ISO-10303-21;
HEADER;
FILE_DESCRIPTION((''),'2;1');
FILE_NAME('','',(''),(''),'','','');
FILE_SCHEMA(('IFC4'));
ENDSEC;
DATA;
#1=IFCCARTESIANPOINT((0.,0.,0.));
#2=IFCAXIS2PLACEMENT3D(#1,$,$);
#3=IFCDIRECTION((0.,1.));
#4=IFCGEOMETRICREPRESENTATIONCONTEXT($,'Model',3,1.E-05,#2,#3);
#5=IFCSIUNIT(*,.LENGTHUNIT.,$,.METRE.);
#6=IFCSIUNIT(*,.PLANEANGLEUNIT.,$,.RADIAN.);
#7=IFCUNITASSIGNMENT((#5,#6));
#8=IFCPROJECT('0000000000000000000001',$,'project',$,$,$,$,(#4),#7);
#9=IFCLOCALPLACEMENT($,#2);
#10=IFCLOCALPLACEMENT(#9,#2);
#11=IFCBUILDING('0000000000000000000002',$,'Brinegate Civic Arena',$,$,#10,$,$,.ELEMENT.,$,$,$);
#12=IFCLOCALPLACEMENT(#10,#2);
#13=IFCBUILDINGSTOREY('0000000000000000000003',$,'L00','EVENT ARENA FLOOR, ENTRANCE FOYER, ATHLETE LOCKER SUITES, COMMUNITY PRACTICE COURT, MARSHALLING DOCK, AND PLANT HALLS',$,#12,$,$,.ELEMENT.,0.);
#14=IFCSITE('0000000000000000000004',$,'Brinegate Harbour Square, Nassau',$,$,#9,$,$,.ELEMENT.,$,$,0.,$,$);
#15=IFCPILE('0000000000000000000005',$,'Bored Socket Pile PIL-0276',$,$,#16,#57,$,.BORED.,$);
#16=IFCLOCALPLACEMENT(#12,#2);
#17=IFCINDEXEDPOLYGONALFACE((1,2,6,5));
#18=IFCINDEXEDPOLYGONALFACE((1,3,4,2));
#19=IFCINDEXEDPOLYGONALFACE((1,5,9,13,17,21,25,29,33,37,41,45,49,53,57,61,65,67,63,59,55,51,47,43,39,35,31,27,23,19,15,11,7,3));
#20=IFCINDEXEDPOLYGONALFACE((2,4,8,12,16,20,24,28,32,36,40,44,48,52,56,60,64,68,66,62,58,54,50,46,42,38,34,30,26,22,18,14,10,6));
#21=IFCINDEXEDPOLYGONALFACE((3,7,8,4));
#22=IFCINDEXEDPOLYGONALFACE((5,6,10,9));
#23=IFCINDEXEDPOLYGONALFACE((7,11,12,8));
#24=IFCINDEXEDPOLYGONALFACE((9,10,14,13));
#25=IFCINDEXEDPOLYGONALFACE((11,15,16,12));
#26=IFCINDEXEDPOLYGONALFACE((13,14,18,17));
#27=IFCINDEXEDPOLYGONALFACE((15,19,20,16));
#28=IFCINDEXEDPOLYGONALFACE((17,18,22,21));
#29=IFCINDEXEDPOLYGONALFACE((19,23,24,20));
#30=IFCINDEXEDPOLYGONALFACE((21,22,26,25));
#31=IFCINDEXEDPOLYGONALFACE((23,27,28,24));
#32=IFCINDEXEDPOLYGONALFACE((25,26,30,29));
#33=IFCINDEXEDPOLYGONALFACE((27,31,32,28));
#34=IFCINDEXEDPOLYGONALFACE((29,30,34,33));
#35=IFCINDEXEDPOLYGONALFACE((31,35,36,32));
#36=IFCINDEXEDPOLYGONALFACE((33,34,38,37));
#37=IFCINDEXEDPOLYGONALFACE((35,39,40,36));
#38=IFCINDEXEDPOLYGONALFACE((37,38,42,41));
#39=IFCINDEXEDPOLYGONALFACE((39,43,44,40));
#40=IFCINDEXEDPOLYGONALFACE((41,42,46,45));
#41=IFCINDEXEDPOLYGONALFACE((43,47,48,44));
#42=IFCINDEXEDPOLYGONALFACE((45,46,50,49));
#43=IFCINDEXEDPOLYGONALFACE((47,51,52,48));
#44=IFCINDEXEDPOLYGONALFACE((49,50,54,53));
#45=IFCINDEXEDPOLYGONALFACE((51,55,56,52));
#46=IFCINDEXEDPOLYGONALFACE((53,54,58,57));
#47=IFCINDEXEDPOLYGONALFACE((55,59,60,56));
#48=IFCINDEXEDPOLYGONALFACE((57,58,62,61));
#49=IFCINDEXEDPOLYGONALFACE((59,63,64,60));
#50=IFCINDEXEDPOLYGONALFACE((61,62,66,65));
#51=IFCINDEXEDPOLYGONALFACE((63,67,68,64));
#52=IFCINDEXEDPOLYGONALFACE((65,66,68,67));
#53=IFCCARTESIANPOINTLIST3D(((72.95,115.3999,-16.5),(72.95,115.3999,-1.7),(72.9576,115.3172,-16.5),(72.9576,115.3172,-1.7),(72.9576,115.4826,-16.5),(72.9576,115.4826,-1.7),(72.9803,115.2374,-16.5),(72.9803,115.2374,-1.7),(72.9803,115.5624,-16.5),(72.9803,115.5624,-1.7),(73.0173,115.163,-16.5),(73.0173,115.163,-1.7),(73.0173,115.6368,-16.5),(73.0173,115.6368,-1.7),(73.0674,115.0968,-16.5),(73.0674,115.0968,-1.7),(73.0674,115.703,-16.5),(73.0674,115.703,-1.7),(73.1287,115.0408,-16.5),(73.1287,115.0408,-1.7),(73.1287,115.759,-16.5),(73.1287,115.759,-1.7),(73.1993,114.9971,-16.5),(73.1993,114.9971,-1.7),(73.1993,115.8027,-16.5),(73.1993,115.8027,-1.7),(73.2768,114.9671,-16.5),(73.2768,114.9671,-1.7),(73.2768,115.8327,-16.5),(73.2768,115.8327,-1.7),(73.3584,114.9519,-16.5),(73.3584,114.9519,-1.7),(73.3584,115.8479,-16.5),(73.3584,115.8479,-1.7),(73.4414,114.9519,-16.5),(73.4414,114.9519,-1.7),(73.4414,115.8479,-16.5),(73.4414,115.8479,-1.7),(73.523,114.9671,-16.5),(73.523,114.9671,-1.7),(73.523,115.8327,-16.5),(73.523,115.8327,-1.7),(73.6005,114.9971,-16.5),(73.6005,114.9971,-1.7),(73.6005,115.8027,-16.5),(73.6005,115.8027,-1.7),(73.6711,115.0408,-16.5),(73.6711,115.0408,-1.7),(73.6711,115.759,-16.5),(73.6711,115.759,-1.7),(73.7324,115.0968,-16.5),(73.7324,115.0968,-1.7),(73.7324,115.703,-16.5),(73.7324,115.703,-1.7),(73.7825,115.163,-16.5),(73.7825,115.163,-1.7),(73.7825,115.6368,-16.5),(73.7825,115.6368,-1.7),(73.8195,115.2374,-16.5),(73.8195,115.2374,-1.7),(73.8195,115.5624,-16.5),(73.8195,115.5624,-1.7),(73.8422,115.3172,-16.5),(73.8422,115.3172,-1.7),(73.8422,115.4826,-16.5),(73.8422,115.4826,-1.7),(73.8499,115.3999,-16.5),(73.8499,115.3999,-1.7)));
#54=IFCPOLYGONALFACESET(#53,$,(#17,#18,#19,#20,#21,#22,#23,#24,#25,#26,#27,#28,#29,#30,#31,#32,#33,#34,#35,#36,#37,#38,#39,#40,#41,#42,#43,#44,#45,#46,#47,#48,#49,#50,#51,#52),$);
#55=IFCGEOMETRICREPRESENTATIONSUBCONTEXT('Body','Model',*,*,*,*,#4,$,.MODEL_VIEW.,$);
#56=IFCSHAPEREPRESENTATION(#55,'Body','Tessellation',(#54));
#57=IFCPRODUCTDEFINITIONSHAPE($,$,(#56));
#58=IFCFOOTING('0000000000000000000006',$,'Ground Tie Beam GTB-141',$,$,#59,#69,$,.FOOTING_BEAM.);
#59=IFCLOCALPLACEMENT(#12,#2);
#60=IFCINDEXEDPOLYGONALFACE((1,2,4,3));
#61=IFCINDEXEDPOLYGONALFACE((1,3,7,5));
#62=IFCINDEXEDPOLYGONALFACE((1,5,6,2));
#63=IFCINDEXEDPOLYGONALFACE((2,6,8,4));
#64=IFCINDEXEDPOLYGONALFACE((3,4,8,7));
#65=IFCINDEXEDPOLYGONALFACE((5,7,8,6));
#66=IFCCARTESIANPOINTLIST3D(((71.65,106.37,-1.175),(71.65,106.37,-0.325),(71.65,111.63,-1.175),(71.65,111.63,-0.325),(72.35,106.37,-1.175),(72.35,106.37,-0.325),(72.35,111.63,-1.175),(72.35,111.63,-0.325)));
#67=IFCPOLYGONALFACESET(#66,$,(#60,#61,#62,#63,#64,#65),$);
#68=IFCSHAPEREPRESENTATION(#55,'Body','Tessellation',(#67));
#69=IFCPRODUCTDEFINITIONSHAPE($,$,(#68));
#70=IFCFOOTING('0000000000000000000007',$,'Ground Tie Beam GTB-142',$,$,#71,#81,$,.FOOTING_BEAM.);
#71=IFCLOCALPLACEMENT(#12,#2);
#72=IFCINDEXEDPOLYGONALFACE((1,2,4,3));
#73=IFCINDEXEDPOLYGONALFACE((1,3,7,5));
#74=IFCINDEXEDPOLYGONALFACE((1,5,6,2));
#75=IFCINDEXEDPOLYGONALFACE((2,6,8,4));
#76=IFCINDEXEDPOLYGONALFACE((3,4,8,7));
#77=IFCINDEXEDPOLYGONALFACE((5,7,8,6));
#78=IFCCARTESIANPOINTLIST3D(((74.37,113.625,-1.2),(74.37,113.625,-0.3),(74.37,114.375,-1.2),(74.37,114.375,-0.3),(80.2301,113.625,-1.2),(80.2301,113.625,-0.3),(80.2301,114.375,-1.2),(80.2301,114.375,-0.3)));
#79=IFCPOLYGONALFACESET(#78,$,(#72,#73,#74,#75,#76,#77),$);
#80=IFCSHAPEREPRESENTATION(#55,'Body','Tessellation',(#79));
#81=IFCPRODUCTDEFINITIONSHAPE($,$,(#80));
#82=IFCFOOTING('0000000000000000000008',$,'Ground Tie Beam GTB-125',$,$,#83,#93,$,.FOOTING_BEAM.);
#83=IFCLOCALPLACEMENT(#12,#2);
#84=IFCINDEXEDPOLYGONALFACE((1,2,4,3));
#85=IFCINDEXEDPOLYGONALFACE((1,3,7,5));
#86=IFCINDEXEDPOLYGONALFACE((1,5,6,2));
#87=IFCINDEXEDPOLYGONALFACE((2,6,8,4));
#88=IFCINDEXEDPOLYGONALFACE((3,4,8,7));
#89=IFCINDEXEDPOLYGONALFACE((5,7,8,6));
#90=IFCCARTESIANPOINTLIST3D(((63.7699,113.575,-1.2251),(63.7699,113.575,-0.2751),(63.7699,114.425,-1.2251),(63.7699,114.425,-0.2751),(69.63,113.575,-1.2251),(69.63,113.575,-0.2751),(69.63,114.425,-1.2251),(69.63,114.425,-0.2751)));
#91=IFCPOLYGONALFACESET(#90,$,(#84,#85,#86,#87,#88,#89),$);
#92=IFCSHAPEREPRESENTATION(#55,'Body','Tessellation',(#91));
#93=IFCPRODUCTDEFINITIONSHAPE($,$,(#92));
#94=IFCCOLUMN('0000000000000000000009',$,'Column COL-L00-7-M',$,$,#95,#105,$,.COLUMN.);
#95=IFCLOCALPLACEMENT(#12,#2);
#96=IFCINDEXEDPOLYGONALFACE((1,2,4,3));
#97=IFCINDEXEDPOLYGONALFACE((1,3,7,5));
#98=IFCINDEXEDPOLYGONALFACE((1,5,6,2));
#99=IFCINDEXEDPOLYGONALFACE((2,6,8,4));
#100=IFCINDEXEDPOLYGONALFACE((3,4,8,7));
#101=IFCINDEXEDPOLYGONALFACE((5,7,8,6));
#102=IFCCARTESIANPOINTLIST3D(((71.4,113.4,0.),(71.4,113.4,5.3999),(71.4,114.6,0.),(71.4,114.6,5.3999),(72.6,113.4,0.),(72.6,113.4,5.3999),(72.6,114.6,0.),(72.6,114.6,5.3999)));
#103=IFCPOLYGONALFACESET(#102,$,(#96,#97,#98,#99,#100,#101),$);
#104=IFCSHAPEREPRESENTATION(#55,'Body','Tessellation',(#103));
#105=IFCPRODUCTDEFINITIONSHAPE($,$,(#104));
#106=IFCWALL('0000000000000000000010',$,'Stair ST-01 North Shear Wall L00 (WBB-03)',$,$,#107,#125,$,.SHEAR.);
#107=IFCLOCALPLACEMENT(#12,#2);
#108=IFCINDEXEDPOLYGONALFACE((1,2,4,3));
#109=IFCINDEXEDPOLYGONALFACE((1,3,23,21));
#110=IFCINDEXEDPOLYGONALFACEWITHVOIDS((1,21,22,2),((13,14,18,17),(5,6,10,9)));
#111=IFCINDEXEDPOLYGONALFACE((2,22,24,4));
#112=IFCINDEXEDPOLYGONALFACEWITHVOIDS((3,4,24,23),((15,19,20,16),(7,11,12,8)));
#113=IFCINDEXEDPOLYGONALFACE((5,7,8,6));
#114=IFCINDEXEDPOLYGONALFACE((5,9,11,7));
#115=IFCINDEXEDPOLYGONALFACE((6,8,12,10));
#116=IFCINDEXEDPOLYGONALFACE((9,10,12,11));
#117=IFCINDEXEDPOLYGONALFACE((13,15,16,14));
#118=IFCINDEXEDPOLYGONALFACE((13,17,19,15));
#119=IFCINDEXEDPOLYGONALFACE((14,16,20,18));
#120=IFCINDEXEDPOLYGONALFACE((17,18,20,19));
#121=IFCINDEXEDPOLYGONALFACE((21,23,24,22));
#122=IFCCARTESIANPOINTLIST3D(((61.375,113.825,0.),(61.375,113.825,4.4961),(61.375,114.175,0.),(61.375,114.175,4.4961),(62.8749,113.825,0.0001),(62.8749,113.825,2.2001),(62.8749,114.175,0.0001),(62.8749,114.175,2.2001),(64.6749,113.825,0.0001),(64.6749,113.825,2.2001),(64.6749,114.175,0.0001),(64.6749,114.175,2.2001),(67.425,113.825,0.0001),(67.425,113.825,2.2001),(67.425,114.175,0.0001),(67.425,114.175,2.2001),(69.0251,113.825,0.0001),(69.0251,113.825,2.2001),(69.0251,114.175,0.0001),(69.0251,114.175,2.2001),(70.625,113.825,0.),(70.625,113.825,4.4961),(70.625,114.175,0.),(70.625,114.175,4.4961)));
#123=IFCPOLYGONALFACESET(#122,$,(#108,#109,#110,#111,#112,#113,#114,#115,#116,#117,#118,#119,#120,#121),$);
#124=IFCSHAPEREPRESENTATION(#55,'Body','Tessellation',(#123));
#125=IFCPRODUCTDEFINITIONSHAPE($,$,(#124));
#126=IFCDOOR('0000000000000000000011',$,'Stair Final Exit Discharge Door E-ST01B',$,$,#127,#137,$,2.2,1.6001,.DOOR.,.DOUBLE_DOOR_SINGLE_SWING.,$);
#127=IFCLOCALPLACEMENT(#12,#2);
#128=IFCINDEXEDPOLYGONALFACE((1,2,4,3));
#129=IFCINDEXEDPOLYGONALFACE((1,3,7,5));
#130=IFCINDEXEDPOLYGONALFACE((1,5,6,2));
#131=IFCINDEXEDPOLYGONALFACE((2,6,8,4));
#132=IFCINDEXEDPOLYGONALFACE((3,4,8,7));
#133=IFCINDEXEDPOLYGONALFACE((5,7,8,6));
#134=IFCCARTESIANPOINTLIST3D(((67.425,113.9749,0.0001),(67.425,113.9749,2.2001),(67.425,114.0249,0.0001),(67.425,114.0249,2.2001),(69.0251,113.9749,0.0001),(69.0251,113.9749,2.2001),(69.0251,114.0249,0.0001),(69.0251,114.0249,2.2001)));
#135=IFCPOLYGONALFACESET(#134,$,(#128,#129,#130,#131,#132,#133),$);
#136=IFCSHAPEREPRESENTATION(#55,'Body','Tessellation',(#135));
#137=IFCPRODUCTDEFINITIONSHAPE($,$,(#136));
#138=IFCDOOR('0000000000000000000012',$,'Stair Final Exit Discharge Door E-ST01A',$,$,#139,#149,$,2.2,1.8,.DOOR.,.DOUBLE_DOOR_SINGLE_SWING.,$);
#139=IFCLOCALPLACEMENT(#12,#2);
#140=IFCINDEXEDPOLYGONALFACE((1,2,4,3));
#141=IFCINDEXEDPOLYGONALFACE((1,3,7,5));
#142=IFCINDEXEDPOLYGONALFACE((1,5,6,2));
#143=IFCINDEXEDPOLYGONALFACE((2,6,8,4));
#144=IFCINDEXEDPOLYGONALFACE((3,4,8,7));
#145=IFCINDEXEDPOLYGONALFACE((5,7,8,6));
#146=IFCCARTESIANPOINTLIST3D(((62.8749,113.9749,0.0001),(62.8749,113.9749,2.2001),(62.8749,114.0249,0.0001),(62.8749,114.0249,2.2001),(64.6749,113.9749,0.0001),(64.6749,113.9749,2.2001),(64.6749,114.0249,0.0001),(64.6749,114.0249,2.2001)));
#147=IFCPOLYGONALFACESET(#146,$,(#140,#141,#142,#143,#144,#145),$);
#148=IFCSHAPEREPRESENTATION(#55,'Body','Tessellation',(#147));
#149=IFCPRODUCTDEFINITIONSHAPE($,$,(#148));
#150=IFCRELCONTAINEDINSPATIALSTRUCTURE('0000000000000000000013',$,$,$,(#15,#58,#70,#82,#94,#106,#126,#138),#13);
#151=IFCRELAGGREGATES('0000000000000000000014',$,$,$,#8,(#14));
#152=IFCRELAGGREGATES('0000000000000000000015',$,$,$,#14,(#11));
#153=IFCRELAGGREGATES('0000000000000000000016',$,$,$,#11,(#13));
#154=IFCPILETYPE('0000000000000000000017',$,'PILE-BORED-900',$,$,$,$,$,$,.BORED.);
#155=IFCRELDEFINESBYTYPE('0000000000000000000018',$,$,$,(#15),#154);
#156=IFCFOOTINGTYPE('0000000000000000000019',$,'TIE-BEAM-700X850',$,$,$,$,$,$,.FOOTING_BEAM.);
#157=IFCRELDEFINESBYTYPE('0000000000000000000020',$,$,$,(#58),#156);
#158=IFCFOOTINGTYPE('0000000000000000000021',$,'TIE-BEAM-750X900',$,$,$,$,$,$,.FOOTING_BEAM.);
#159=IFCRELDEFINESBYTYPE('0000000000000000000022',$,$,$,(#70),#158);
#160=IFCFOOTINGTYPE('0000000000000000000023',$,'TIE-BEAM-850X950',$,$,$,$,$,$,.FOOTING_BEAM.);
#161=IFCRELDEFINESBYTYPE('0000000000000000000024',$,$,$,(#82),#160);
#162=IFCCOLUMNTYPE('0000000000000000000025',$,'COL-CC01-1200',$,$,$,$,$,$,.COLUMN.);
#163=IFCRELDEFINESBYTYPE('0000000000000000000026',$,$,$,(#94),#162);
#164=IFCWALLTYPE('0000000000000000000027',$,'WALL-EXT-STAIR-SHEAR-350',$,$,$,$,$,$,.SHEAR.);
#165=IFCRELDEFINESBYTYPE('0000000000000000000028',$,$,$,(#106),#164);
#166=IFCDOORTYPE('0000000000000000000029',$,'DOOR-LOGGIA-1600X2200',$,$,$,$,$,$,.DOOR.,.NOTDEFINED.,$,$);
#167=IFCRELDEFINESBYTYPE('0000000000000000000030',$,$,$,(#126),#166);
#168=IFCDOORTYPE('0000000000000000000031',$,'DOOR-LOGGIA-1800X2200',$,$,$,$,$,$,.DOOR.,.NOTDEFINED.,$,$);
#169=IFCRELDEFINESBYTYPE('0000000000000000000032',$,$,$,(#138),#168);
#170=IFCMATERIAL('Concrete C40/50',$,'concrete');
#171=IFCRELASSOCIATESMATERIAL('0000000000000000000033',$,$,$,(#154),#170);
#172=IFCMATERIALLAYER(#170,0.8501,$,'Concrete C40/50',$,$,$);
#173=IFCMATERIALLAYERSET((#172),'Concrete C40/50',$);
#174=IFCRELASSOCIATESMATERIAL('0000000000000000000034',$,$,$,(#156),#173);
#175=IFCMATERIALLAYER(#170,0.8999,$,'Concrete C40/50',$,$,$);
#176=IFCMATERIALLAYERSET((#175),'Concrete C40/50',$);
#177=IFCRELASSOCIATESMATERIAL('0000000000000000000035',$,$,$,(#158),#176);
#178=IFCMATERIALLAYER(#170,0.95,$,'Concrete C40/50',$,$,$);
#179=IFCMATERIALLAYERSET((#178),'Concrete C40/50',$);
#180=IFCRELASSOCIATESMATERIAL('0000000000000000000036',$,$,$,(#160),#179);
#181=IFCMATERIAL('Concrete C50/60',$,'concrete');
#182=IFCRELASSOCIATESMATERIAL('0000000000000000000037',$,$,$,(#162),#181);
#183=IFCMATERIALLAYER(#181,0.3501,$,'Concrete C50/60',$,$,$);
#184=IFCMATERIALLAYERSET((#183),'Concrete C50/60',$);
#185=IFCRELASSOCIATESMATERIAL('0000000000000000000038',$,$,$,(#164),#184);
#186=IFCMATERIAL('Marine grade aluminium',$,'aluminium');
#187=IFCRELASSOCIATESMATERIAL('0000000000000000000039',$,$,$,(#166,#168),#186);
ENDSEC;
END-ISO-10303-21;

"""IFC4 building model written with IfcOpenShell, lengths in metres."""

from ifc_helpers import new_model, si_unit, direction, frame, frame_2d, origin, origin_2d, place, context, subcontext, project, spatial, rectangle, circle, extrude, material, layer, layer_set, material_profile, profile_set, type_object, element, fill, save


model = new_model("IFC4")

# Units and contexts
model_context = context("Model", 3, precision=1e-05, world=origin(), true_north=direction((0.0, 1.0)))
body_context = subcontext(model_context, "Body", "Model", "MODEL_VIEW")
ifc_project = project(units=[si_unit("LENGTHUNIT", "METRE"), si_unit("PLANEANGLEUNIT", "RADIAN")], contexts=[model_context])

# Site, building, storey
site_placement = place(None, origin())
site = spatial("IfcSite", under=ifc_project, at=site_placement, Name="Brinegate Harbour Square, Nassau", CompositionType="ELEMENT", RefElevation=0.0)
building_placement = place(site_placement, origin())
building = spatial("IfcBuilding", under=site, at=building_placement, Name="Brinegate Civic Arena", CompositionType="ELEMENT")
storey_placement = place(building_placement, origin())
storey = spatial("IfcBuildingStorey", under=building, at=storey_placement, Name="L00", Description="EVENT ARENA FLOOR, ENTRANCE FOYER, ATHLETE LOCKER SUITES, COMMUNITY PRACTICE COURT, MARSHALLING DOCK, AND PLANT HALLS", CompositionType="ELEMENT", Elevation=0.0)

# Shared definitions
ifc_material_1 = material(Name="Concrete C40/50", Category="concrete")

# Pile
ifc_material_profile_1 = material_profile(ifc_material_1, circle(Radius=0.45, at=origin_2d()), Name="PILED900")
ifc_profile_set_1 = profile_set([ifc_material_profile_1], Name="Concrete C40/50")
pile_type_1 = type_object("IfcPileType", Name="PILE-BORED-900", PredefinedType="BORED", material=ifc_profile_set_1)
for number, where, z_axis, x_axis, name in (
    (1, (73.3999, 115.3999, -1.7), (0.0, 0.0, -1.0), (1.0, 0.0, 0.0), "Bored Socket Pile PIL-0276"),
):
    element("IfcPile", number, at=place(storey_placement, frame(where, z_axis=z_axis, x_axis=x_axis)), inside=storey, type_object=pile_type_1, Name=name, PredefinedType="BORED", context=body_context, shape_type="SweptSolid", body=[
        extrude(circle(Radius=0.45, at=origin_2d()), origin(), (0.0, 0.0, 1.0), 14.8),
    ])

# Footings
ifc_layer_1 = layer(ifc_material_1, 0.8501, Name="Concrete C40/50")
ifc_layer_set_1 = layer_set([ifc_layer_1], Name="Concrete C40/50")
footing_type_1 = type_object("IfcFootingType", Name="TIE-BEAM-700X850", PredefinedType="FOOTING_BEAM", material=ifc_layer_set_1)
footing_1_placement = place(storey_placement, frame((72.0, 109.0, -1.175), z_axis=(0.0, 0.0, 1.0), x_axis=(0.0, 1.0, 0.0)))
element("IfcFooting", 2, at=footing_1_placement, inside=storey, type_object=footing_type_1, Name="Ground Tie Beam GTB-141", PredefinedType="FOOTING_BEAM", context=body_context, shape_type="SweptSolid", body=[
    extrude(rectangle(XDim=5.26, YDim=0.7, at=origin_2d()), origin(), (0.0, 0.0, 1.0), 0.8501),
])
ifc_layer_2 = layer(ifc_material_1, 0.8999, Name="Concrete C40/50")
ifc_layer_set_2 = layer_set([ifc_layer_2], Name="Concrete C40/50")
footing_type_2 = type_object("IfcFootingType", Name="TIE-BEAM-750X900", PredefinedType="FOOTING_BEAM", material=ifc_layer_set_2)
footing_2_placement = place(storey_placement, frame((77.3, 114.0, -1.2), z_axis=(0.0, 0.0, 1.0), x_axis=(1.0, 0.0, 0.0)))
element("IfcFooting", 3, at=footing_2_placement, inside=storey, type_object=footing_type_2, Name="Ground Tie Beam GTB-142", PredefinedType="FOOTING_BEAM", context=body_context, shape_type="SweptSolid", body=[
    extrude(rectangle(XDim=5.8601, YDim=0.75, at=origin_2d()), origin(), (0.0, 0.0, 1.0), 0.8999),
])
ifc_layer_3 = layer(ifc_material_1, 0.95, Name="Concrete C40/50")
ifc_layer_set_3 = layer_set([ifc_layer_3], Name="Concrete C40/50")
footing_type_3 = type_object("IfcFootingType", Name="TIE-BEAM-850X950", PredefinedType="FOOTING_BEAM", material=ifc_layer_set_3)
footing_3_placement = place(storey_placement, frame((66.7, 114.0, -1.2251), z_axis=(0.0, 0.0, 1.0), x_axis=(1.0, 0.0, 0.0)))
element("IfcFooting", 4, at=footing_3_placement, inside=storey, type_object=footing_type_3, Name="Ground Tie Beam GTB-125", PredefinedType="FOOTING_BEAM", context=body_context, shape_type="SweptSolid", body=[
    extrude(rectangle(XDim=5.8601, YDim=0.8501, at=origin_2d()), origin(), (0.0, 0.0, 1.0), 0.95),
])

# Column
ifc_material_2 = material(Name="Concrete C50/60", Category="concrete")
ifc_material_profile_2 = material_profile(ifc_material_2, rectangle(XDim=1.2, YDim=1.2, at=origin_2d()), Name="RC1200X1200")
ifc_profile_set_2 = profile_set([ifc_material_profile_2], Name="Concrete C50/60")
column_type = type_object("IfcColumnType", Name="COL-CC01-1200", PredefinedType="COLUMN", material=ifc_profile_set_2)
column_placement = place(storey_placement, frame((72.0, 114.0, 0.0), z_axis=(0.0, 0.0, 1.0), x_axis=(1.0, 0.0, 0.0)))
element("IfcColumn", 5, at=column_placement, inside=storey, type_object=column_type, Name="Column COL-L00-7-M", PredefinedType="COLUMN", context=body_context, shape_type="SweptSolid", body=[
    extrude(rectangle(XDim=1.2, YDim=1.2, at=origin_2d()), origin(), (0.0, 0.0, 1.0), 5.3999),
])

# Wall, openings, doors
ifc_layer_4 = layer(ifc_material_2, 0.3501, Name="Concrete C50/60")
ifc_layer_set_4 = layer_set([ifc_layer_4], Name="Concrete C50/60")
wall_type = type_object("IfcWallType", Name="WALL-EXT-STAIR-SHEAR-350", PredefinedType="SHEAR", material=ifc_layer_set_4)
wall_1_placement = place(storey_placement, frame((61.375, 114.0, 0.0), z_axis=(0.0, 0.0, 1.0), x_axis=(1.0, 0.0, 0.0)))
wall_1 = element("IfcWall", 6, at=wall_1_placement, inside=storey, type_object=wall_type, Name="Stair ST-01 North Shear Wall L00 (WBB-03)", PredefinedType="SHEAR", context=body_context, shape_type="SweptSolid", body=[
    extrude(rectangle(XDim=9.25, YDim=0.3501, at=frame_2d((4.625, 0.0))), origin(), (0.0, 0.0, 1.0), 4.4961),
])
opening_1_placement = place(wall_1_placement, frame((1.5, 0.0, 0.0)))
opening_1 = element("IfcOpeningElement", 7, at=opening_1_placement, cuts=wall_1, PredefinedType="OPENING", context=body_context, shape_type="SweptSolid", body=[
    extrude(rectangle(XDim=1.8, YDim=2.2, at=frame_2d((0.8999, 1.1001))), frame((0.0, 0.1851, 0.0), z_axis=(0.0, -1.0, 0.0), x_axis=(1.0, 0.0, 0.0)), (0.0, 0.0, 1.0), 0.3701),
])
opening_2_placement = place(wall_1_placement, frame((6.05, 0.0, 0.0)))
opening_2 = element("IfcOpeningElement", 8, at=opening_2_placement, cuts=wall_1, PredefinedType="OPENING", context=body_context, shape_type="SweptSolid", body=[
    extrude(rectangle(XDim=1.6001, YDim=2.2, at=frame_2d((0.8, 1.1001))), frame((0.0, 0.1851, 0.0), z_axis=(0.0, -1.0, 0.0), x_axis=(1.0, 0.0, 0.0)), (0.0, 0.0, 1.0), 0.3701),
])
ifc_material_3 = material(Name="Marine grade aluminium", Category="aluminium")
door_type_1 = type_object("IfcDoorType", Name="DOOR-LOGGIA-1600X2200", OperationType="NOTDEFINED", PredefinedType="DOOR", material=ifc_material_3)
door_1_placement = place(opening_2_placement, origin())
door_1 = element("IfcDoor", 9, at=door_1_placement, inside=storey, type_object=door_type_1, Name="Stair Final Exit Discharge Door E-ST01B", OperationType="DOUBLE_DOOR_SINGLE_SWING", OverallHeight=2.2, OverallWidth=1.6001, PredefinedType="DOOR", context=body_context, shape_type="SweptSolid", body=[
    extrude(rectangle(XDim=1.6001, YDim=2.2, at=frame_2d((0.8, 1.1001))), frame((0.0, 0.0249, 0.0), z_axis=(0.0, -1.0, 0.0), x_axis=(1.0, 0.0, 0.0)), (0.0, 0.0, 1.0), 0.05),
])
fill(opening_2, door_1)
door_type_2 = type_object("IfcDoorType", Name="DOOR-LOGGIA-1800X2200", OperationType="NOTDEFINED", PredefinedType="DOOR", material=ifc_material_3)
door_2_placement = place(opening_1_placement, origin())
door_2 = element("IfcDoor", 10, at=door_2_placement, inside=storey, type_object=door_type_2, Name="Stair Final Exit Discharge Door E-ST01A", OperationType="DOUBLE_DOOR_SINGLE_SWING", OverallHeight=2.2, OverallWidth=1.8, PredefinedType="DOOR", context=body_context, shape_type="SweptSolid", body=[
    extrude(rectangle(XDim=1.8, YDim=2.2, at=frame_2d((0.8999, 1.1001))), frame((0.0, 0.0249, 0.0), z_axis=(0.0, -1.0, 0.0), x_axis=(1.0, 0.0, 0.0)), (0.0, 0.0, 1.0), 0.05),
])
fill(opening_1, door_2)

save(model, "model.ifc")
